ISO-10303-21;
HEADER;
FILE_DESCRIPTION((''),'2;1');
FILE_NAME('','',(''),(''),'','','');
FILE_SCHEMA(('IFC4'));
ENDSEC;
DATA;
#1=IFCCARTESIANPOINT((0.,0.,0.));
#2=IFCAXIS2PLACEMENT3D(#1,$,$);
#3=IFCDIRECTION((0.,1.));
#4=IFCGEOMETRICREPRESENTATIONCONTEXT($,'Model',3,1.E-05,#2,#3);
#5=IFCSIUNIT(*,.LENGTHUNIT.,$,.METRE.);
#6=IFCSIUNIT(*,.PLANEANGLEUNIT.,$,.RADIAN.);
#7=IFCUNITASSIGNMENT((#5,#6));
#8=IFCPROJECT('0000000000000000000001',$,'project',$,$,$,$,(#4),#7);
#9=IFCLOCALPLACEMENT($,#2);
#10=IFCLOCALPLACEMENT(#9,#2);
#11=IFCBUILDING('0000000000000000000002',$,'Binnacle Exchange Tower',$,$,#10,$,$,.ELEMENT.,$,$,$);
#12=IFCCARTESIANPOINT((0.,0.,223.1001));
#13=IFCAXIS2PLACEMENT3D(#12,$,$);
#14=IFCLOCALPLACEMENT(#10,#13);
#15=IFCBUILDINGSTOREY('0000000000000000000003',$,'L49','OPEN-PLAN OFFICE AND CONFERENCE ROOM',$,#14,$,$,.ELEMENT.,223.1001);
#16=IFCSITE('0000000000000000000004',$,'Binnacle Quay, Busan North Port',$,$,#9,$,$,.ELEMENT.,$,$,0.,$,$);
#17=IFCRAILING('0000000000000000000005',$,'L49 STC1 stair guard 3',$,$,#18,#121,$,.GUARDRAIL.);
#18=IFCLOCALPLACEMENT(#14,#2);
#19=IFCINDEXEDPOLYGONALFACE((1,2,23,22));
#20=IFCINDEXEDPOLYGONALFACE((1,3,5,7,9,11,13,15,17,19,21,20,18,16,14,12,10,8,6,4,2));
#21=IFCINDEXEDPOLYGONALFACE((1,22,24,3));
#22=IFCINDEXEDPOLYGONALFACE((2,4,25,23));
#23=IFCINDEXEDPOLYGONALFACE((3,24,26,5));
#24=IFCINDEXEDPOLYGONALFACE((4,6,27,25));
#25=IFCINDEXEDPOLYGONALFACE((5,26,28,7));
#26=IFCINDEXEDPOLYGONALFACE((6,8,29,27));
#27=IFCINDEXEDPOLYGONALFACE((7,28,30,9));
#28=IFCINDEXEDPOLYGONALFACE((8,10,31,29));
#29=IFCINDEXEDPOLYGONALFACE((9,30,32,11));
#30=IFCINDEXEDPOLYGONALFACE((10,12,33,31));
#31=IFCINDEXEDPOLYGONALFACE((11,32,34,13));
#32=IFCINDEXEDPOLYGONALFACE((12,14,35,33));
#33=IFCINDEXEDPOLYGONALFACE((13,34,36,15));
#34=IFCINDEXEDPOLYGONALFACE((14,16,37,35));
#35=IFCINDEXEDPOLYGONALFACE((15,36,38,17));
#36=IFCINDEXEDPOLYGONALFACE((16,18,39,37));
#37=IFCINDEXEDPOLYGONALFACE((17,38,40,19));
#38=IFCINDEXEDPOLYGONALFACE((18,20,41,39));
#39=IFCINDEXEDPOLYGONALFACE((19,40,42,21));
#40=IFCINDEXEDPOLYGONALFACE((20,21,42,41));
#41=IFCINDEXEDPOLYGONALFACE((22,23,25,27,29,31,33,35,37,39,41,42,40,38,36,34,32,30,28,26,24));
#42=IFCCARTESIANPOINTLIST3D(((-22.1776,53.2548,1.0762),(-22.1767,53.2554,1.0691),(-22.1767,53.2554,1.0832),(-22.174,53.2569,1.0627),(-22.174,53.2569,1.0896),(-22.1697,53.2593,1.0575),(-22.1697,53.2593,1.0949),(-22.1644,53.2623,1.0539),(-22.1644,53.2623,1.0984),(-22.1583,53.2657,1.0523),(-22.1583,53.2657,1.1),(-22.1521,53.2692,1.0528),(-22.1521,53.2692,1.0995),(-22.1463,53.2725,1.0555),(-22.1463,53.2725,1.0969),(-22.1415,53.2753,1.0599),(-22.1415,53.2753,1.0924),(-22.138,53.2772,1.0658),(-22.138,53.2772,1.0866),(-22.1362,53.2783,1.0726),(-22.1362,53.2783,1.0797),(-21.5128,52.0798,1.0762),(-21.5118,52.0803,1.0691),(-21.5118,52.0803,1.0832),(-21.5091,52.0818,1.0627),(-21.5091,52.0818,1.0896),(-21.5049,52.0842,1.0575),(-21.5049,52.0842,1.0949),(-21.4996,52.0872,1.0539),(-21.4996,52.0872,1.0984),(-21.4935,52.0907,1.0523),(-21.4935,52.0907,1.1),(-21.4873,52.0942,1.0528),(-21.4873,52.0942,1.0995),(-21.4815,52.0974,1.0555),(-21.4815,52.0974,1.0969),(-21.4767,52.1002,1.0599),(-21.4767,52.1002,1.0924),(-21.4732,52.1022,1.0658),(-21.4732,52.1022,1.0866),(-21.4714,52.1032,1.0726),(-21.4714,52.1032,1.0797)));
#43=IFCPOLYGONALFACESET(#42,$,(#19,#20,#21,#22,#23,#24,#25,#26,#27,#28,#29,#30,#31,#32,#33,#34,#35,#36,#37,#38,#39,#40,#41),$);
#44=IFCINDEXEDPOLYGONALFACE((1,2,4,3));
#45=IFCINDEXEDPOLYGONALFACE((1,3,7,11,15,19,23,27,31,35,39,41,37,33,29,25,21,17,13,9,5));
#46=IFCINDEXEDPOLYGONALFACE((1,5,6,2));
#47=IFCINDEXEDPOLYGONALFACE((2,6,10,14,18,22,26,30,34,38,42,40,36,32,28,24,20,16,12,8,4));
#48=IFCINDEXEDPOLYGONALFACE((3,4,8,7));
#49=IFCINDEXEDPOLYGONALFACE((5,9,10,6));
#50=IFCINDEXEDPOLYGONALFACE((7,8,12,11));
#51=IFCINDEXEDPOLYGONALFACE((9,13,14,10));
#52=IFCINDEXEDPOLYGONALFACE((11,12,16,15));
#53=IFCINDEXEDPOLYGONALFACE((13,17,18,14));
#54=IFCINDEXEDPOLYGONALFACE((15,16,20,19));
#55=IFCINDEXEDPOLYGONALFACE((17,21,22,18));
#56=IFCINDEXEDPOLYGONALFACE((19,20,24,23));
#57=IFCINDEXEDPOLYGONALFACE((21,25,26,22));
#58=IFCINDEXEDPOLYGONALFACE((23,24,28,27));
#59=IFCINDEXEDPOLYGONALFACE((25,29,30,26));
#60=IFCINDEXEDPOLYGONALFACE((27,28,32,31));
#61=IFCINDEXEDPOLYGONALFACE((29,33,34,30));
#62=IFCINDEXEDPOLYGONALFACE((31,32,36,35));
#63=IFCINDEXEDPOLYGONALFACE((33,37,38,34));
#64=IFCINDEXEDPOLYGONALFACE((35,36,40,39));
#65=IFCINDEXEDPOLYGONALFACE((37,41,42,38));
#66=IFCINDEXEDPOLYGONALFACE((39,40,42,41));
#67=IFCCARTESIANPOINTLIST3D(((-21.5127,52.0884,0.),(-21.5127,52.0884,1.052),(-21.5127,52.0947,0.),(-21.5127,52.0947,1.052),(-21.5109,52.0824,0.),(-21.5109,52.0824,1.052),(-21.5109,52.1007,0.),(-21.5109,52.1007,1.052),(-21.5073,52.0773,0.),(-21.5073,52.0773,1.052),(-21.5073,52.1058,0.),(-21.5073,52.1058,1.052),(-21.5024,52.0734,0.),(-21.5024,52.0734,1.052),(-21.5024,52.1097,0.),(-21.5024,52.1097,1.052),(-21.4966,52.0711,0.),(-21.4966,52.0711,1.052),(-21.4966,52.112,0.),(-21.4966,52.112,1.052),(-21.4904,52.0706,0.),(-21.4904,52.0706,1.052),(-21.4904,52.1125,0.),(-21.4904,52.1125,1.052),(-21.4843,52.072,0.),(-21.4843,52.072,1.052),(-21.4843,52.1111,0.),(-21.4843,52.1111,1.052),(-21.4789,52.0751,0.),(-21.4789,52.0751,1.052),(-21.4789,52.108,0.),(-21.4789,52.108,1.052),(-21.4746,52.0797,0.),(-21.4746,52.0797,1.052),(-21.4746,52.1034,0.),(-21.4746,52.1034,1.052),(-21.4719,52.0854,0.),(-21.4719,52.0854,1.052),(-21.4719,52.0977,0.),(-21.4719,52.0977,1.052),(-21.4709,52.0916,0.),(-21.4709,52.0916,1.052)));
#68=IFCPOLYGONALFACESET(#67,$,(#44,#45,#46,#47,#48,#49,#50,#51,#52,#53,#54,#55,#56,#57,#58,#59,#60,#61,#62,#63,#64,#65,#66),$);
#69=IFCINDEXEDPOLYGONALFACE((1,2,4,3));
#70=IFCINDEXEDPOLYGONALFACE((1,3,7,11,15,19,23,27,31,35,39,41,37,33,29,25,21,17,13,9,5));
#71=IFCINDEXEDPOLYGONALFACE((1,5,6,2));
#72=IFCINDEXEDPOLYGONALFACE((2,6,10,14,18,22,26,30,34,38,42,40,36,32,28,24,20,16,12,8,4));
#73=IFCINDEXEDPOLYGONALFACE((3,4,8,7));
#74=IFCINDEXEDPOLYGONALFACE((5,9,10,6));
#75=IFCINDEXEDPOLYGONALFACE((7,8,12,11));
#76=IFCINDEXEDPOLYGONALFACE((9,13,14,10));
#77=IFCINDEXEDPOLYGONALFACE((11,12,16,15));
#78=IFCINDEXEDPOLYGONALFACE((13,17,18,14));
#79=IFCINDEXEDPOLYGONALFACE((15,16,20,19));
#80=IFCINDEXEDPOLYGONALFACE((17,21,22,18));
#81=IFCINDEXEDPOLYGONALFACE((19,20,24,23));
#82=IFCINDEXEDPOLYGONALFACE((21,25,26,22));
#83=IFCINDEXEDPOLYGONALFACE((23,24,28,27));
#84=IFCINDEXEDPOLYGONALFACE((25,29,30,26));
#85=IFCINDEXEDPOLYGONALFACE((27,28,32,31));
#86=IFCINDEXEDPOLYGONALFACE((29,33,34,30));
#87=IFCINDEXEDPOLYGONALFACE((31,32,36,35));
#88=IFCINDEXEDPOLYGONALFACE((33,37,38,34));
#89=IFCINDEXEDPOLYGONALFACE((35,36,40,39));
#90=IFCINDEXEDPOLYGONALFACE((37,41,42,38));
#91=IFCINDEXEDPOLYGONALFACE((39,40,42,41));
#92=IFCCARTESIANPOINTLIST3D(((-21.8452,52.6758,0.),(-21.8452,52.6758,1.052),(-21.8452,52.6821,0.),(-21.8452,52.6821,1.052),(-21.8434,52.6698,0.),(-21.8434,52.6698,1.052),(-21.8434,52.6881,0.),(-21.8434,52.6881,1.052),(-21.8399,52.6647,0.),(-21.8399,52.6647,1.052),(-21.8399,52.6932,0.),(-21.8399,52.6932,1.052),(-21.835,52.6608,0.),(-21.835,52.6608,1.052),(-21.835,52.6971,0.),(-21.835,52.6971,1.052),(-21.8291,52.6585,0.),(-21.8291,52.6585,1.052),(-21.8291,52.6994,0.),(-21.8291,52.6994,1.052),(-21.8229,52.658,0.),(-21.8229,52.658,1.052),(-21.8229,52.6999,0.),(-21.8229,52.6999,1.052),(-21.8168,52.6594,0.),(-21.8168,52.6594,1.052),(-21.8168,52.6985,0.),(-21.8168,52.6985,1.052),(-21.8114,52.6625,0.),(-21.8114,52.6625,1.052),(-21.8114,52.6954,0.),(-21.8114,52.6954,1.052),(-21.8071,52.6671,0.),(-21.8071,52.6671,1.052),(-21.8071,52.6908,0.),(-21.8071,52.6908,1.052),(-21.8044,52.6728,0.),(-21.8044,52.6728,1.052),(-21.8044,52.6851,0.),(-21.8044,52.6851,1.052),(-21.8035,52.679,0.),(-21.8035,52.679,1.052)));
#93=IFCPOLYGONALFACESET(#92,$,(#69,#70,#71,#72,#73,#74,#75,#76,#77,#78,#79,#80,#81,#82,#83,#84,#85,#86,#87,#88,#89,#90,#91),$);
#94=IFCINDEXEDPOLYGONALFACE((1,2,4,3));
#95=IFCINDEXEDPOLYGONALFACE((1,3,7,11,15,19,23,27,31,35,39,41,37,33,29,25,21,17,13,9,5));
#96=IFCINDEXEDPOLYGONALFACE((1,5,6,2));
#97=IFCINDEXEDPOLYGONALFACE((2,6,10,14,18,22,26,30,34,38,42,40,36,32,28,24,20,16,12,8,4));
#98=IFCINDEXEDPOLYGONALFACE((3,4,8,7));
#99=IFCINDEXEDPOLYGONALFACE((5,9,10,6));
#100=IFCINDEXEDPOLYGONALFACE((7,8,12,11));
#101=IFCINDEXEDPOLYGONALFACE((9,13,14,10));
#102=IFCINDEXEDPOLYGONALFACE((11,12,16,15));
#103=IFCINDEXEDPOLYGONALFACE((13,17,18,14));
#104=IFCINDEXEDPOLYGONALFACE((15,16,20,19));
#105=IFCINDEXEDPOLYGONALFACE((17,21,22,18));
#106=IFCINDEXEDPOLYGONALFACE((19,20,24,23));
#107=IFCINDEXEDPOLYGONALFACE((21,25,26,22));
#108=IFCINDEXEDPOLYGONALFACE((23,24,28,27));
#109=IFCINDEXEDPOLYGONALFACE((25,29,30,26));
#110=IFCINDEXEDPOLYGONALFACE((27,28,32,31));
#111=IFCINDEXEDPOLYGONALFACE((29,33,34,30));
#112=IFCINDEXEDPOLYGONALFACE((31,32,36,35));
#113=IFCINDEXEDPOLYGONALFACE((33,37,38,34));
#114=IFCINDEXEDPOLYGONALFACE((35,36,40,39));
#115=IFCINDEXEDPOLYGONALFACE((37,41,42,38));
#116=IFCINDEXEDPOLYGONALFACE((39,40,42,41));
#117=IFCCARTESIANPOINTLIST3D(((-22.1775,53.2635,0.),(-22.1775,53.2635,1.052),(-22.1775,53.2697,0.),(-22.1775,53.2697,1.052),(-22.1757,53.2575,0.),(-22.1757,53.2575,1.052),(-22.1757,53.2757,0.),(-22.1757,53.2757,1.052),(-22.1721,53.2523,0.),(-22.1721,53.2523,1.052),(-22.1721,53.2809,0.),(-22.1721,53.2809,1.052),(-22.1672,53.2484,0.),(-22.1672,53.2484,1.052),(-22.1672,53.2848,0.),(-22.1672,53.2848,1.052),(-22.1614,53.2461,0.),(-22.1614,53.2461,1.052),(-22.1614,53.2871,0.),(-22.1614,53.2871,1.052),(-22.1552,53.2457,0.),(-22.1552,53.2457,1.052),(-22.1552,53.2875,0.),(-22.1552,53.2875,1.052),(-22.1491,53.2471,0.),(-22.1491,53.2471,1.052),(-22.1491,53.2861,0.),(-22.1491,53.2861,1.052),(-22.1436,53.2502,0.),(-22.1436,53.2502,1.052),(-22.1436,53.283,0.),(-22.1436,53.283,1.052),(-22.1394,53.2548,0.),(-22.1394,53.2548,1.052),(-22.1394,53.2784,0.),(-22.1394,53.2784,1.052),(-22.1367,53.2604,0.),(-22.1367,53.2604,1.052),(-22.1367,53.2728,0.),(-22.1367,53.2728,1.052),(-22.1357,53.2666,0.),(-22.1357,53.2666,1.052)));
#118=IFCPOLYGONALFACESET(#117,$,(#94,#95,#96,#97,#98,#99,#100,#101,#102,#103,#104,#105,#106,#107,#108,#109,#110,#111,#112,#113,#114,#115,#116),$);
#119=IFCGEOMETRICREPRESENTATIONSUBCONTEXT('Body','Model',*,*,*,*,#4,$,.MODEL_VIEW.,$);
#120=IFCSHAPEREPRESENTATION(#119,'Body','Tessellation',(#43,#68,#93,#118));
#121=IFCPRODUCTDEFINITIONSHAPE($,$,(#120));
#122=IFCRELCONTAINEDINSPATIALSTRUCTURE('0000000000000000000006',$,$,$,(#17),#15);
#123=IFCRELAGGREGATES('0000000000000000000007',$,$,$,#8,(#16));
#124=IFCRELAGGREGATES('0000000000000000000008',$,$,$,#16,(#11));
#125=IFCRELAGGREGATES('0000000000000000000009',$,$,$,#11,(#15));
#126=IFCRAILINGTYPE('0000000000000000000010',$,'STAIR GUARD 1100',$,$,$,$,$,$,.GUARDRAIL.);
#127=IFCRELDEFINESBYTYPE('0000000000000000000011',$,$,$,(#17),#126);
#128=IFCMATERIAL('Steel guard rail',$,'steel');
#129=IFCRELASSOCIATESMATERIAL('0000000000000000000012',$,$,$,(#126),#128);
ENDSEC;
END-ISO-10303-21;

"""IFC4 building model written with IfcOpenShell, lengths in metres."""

from ifc_helpers import new_model, si_unit, direction, frame, origin, origin_2d, place, context, subcontext, project, spatial, circle, extrude, material, type_object, element, save


model = new_model("IFC4")

# Units and contexts
model_context = context("Model", 3, precision=1e-05, world=origin(), true_north=direction((0.0, 1.0)))
body_context = subcontext(model_context, "Body", "Model", "MODEL_VIEW")
ifc_project = project(units=[si_unit("LENGTHUNIT", "METRE"), si_unit("PLANEANGLEUNIT", "RADIAN")], contexts=[model_context])

# Site, building, storey
site_placement = place(None, origin())
site = spatial("IfcSite", under=ifc_project, at=site_placement, Name="Binnacle Quay, Busan North Port", CompositionType="ELEMENT", RefElevation=0.0)
building_placement = place(site_placement, origin())
building = spatial("IfcBuilding", under=site, at=building_placement, Name="Binnacle Exchange Tower", CompositionType="ELEMENT")
storey_placement = place(building_placement, frame((0.0, 0.0, 223.1001)))
storey = spatial("IfcBuildingStorey", under=building, at=storey_placement, Name="L49", Description="OPEN-PLAN OFFICE AND CONFERENCE ROOM", CompositionType="ELEMENT", Elevation=223.1001)

# Railing
ifc_material_1 = material(Name="Steel guard rail", Category="steel")
railing_type_1 = type_object("IfcRailingType", Name="STAIR GUARD 1100", PredefinedType="GUARDRAIL", material=ifc_material_1)
railing_1_placement = place(storey_placement, frame((-21.4919, 52.0916, 0.0)))
element("IfcRailing", 1, at=railing_1_placement, inside=storey, type_object=railing_type_1, Name="L49 STC1 stair guard 3", PredefinedType="GUARDRAIL", context=body_context, shape_type="SweptSolid", body=[
    extrude(circle(Radius=0.0239, at=origin_2d()), frame((0.0, 0.0, 1.0762), z_axis=(-0.492415, 0.870361, 0.0), x_axis=(-0.870361, -0.492415, 0.0)), (0.0, 0.0, 1.0), 1.3501),
    extrude(circle(Radius=0.021, at=origin_2d()), origin(), (0.0, 0.0, 1.0), 1.052),
    extrude(circle(Radius=0.021, at=origin_2d()), frame((-0.3325, 0.5874, 0.0)), (0.0, 0.0, 1.0), 1.052),
    extrude(circle(Radius=0.021, at=origin_2d()), frame((-0.6648, 1.175, 0.0)), (0.0, 0.0, 1.0), 1.052),
])

save(model, "model.ifc")
